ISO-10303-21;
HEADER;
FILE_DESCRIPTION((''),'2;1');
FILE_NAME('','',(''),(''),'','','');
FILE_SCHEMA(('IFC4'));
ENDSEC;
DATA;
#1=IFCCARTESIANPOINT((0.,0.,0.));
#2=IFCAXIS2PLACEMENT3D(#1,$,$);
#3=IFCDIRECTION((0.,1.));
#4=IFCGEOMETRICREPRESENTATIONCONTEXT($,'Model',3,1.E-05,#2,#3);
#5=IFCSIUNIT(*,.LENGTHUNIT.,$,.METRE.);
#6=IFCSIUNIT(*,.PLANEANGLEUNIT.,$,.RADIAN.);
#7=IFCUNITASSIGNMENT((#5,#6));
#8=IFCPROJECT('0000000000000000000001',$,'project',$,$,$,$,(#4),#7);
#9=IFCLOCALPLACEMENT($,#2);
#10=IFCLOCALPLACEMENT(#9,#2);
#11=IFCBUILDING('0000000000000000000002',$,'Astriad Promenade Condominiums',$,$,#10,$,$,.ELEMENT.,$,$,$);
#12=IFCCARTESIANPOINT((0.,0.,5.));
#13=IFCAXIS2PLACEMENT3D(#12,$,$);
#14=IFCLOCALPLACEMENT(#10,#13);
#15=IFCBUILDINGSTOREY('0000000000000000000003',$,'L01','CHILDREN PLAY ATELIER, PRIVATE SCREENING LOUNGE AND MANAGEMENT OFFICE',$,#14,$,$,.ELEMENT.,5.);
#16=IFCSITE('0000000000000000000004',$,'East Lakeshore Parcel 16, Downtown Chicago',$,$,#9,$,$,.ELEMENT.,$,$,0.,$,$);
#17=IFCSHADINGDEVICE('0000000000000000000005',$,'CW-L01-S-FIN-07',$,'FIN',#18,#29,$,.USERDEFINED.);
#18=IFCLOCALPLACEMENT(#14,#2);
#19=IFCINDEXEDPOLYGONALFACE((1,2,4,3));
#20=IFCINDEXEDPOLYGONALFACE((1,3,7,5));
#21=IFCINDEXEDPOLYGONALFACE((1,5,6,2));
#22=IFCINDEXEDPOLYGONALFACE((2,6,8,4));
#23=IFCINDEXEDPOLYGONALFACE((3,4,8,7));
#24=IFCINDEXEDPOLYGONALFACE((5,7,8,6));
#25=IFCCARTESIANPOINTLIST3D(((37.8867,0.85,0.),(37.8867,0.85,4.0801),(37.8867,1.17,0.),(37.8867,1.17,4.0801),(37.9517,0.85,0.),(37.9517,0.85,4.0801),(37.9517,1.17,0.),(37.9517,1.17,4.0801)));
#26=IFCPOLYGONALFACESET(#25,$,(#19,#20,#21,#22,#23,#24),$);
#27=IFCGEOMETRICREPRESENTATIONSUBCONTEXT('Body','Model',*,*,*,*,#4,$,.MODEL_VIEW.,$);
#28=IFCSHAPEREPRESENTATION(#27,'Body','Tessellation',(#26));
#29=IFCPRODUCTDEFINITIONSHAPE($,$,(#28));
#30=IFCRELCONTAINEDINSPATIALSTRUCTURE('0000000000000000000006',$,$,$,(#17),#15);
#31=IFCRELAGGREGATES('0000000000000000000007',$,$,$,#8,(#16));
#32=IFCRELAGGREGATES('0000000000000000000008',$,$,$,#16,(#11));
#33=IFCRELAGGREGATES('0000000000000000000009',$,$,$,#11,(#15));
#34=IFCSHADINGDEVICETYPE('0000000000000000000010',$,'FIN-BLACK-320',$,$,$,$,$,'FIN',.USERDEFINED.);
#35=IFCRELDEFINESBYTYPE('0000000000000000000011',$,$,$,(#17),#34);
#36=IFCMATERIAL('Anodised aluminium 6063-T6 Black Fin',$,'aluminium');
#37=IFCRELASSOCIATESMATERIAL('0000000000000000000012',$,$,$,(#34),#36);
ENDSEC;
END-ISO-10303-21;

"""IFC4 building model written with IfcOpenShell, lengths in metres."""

from ifc_helpers import new_model, si_unit, direction, frame, origin, origin_2d, place, context, subcontext, project, spatial, rectangle, extrude, source, transform, mapped, material, type_object, type_shapes, element, save


model = new_model("IFC4")

# Units and contexts
model_context = context("Model", 3, precision=1e-05, world=origin(), true_north=direction((0.0, 1.0)))
body_context = subcontext(model_context, "Body", "Model", "MODEL_VIEW")
ifc_project = project(units=[si_unit("LENGTHUNIT", "METRE"), si_unit("PLANEANGLEUNIT", "RADIAN")], contexts=[model_context])

# Site, building, storey
site_placement = place(None, origin())
site = spatial("IfcSite", under=ifc_project, at=site_placement, Name="East Lakeshore Parcel 16, Downtown Chicago", CompositionType="ELEMENT", RefElevation=0.0)
building_placement = place(site_placement, origin())
building = spatial("IfcBuilding", under=site, at=building_placement, Name="Astriad Promenade Condominiums", CompositionType="ELEMENT")
storey_placement = place(building_placement, frame((0.0, 0.0, 5.0)))
storey = spatial("IfcBuildingStorey", under=building, at=storey_placement, Name="L01", Description="CHILDREN PLAY ATELIER, PRIVATE SCREENING LOUNGE AND MANAGEMENT OFFICE", CompositionType="ELEMENT", Elevation=5.0)

# Shading device
ifc_material_1 = material(Name="Anodised aluminium 6063-T6 Black Fin", Category="aluminium")
shading_device_type = type_object("IfcShadingDeviceType", Name="FIN-BLACK-320", ElementType="FIN", PredefinedType="USERDEFINED", material=ifc_material_1)
shared_shape_1 = source(origin(), body_context, "Body", "SweptSolid", [
    extrude(rectangle(XDim=0.0649, YDim=0.3201, at=origin_2d()), origin(), (0.0, 0.0, 1.0), 4.0801),
])
type_shapes(shading_device_type, [shared_shape_1])
for number, where, z_axis, x_axis, name in (
    (1, (37.9192, 1.01, 0.0), (0.0, 0.0, 1.0), (-1.0, 0.0, 0.0), "CW-L01-S-FIN-07"),
):
    element("IfcShadingDevice", number, at=place(storey_placement, frame(where, z_axis=z_axis, x_axis=x_axis)), inside=storey, type_object=shading_device_type, Name=name, ObjectType="FIN", PredefinedType="USERDEFINED", context=body_context, shape_type="MappedRepresentation", body=[
        mapped(shared_shape_1, transform((0.0, 0.0, 0.0), scale=1.0)),
    ])

save(model, "model.ifc")
